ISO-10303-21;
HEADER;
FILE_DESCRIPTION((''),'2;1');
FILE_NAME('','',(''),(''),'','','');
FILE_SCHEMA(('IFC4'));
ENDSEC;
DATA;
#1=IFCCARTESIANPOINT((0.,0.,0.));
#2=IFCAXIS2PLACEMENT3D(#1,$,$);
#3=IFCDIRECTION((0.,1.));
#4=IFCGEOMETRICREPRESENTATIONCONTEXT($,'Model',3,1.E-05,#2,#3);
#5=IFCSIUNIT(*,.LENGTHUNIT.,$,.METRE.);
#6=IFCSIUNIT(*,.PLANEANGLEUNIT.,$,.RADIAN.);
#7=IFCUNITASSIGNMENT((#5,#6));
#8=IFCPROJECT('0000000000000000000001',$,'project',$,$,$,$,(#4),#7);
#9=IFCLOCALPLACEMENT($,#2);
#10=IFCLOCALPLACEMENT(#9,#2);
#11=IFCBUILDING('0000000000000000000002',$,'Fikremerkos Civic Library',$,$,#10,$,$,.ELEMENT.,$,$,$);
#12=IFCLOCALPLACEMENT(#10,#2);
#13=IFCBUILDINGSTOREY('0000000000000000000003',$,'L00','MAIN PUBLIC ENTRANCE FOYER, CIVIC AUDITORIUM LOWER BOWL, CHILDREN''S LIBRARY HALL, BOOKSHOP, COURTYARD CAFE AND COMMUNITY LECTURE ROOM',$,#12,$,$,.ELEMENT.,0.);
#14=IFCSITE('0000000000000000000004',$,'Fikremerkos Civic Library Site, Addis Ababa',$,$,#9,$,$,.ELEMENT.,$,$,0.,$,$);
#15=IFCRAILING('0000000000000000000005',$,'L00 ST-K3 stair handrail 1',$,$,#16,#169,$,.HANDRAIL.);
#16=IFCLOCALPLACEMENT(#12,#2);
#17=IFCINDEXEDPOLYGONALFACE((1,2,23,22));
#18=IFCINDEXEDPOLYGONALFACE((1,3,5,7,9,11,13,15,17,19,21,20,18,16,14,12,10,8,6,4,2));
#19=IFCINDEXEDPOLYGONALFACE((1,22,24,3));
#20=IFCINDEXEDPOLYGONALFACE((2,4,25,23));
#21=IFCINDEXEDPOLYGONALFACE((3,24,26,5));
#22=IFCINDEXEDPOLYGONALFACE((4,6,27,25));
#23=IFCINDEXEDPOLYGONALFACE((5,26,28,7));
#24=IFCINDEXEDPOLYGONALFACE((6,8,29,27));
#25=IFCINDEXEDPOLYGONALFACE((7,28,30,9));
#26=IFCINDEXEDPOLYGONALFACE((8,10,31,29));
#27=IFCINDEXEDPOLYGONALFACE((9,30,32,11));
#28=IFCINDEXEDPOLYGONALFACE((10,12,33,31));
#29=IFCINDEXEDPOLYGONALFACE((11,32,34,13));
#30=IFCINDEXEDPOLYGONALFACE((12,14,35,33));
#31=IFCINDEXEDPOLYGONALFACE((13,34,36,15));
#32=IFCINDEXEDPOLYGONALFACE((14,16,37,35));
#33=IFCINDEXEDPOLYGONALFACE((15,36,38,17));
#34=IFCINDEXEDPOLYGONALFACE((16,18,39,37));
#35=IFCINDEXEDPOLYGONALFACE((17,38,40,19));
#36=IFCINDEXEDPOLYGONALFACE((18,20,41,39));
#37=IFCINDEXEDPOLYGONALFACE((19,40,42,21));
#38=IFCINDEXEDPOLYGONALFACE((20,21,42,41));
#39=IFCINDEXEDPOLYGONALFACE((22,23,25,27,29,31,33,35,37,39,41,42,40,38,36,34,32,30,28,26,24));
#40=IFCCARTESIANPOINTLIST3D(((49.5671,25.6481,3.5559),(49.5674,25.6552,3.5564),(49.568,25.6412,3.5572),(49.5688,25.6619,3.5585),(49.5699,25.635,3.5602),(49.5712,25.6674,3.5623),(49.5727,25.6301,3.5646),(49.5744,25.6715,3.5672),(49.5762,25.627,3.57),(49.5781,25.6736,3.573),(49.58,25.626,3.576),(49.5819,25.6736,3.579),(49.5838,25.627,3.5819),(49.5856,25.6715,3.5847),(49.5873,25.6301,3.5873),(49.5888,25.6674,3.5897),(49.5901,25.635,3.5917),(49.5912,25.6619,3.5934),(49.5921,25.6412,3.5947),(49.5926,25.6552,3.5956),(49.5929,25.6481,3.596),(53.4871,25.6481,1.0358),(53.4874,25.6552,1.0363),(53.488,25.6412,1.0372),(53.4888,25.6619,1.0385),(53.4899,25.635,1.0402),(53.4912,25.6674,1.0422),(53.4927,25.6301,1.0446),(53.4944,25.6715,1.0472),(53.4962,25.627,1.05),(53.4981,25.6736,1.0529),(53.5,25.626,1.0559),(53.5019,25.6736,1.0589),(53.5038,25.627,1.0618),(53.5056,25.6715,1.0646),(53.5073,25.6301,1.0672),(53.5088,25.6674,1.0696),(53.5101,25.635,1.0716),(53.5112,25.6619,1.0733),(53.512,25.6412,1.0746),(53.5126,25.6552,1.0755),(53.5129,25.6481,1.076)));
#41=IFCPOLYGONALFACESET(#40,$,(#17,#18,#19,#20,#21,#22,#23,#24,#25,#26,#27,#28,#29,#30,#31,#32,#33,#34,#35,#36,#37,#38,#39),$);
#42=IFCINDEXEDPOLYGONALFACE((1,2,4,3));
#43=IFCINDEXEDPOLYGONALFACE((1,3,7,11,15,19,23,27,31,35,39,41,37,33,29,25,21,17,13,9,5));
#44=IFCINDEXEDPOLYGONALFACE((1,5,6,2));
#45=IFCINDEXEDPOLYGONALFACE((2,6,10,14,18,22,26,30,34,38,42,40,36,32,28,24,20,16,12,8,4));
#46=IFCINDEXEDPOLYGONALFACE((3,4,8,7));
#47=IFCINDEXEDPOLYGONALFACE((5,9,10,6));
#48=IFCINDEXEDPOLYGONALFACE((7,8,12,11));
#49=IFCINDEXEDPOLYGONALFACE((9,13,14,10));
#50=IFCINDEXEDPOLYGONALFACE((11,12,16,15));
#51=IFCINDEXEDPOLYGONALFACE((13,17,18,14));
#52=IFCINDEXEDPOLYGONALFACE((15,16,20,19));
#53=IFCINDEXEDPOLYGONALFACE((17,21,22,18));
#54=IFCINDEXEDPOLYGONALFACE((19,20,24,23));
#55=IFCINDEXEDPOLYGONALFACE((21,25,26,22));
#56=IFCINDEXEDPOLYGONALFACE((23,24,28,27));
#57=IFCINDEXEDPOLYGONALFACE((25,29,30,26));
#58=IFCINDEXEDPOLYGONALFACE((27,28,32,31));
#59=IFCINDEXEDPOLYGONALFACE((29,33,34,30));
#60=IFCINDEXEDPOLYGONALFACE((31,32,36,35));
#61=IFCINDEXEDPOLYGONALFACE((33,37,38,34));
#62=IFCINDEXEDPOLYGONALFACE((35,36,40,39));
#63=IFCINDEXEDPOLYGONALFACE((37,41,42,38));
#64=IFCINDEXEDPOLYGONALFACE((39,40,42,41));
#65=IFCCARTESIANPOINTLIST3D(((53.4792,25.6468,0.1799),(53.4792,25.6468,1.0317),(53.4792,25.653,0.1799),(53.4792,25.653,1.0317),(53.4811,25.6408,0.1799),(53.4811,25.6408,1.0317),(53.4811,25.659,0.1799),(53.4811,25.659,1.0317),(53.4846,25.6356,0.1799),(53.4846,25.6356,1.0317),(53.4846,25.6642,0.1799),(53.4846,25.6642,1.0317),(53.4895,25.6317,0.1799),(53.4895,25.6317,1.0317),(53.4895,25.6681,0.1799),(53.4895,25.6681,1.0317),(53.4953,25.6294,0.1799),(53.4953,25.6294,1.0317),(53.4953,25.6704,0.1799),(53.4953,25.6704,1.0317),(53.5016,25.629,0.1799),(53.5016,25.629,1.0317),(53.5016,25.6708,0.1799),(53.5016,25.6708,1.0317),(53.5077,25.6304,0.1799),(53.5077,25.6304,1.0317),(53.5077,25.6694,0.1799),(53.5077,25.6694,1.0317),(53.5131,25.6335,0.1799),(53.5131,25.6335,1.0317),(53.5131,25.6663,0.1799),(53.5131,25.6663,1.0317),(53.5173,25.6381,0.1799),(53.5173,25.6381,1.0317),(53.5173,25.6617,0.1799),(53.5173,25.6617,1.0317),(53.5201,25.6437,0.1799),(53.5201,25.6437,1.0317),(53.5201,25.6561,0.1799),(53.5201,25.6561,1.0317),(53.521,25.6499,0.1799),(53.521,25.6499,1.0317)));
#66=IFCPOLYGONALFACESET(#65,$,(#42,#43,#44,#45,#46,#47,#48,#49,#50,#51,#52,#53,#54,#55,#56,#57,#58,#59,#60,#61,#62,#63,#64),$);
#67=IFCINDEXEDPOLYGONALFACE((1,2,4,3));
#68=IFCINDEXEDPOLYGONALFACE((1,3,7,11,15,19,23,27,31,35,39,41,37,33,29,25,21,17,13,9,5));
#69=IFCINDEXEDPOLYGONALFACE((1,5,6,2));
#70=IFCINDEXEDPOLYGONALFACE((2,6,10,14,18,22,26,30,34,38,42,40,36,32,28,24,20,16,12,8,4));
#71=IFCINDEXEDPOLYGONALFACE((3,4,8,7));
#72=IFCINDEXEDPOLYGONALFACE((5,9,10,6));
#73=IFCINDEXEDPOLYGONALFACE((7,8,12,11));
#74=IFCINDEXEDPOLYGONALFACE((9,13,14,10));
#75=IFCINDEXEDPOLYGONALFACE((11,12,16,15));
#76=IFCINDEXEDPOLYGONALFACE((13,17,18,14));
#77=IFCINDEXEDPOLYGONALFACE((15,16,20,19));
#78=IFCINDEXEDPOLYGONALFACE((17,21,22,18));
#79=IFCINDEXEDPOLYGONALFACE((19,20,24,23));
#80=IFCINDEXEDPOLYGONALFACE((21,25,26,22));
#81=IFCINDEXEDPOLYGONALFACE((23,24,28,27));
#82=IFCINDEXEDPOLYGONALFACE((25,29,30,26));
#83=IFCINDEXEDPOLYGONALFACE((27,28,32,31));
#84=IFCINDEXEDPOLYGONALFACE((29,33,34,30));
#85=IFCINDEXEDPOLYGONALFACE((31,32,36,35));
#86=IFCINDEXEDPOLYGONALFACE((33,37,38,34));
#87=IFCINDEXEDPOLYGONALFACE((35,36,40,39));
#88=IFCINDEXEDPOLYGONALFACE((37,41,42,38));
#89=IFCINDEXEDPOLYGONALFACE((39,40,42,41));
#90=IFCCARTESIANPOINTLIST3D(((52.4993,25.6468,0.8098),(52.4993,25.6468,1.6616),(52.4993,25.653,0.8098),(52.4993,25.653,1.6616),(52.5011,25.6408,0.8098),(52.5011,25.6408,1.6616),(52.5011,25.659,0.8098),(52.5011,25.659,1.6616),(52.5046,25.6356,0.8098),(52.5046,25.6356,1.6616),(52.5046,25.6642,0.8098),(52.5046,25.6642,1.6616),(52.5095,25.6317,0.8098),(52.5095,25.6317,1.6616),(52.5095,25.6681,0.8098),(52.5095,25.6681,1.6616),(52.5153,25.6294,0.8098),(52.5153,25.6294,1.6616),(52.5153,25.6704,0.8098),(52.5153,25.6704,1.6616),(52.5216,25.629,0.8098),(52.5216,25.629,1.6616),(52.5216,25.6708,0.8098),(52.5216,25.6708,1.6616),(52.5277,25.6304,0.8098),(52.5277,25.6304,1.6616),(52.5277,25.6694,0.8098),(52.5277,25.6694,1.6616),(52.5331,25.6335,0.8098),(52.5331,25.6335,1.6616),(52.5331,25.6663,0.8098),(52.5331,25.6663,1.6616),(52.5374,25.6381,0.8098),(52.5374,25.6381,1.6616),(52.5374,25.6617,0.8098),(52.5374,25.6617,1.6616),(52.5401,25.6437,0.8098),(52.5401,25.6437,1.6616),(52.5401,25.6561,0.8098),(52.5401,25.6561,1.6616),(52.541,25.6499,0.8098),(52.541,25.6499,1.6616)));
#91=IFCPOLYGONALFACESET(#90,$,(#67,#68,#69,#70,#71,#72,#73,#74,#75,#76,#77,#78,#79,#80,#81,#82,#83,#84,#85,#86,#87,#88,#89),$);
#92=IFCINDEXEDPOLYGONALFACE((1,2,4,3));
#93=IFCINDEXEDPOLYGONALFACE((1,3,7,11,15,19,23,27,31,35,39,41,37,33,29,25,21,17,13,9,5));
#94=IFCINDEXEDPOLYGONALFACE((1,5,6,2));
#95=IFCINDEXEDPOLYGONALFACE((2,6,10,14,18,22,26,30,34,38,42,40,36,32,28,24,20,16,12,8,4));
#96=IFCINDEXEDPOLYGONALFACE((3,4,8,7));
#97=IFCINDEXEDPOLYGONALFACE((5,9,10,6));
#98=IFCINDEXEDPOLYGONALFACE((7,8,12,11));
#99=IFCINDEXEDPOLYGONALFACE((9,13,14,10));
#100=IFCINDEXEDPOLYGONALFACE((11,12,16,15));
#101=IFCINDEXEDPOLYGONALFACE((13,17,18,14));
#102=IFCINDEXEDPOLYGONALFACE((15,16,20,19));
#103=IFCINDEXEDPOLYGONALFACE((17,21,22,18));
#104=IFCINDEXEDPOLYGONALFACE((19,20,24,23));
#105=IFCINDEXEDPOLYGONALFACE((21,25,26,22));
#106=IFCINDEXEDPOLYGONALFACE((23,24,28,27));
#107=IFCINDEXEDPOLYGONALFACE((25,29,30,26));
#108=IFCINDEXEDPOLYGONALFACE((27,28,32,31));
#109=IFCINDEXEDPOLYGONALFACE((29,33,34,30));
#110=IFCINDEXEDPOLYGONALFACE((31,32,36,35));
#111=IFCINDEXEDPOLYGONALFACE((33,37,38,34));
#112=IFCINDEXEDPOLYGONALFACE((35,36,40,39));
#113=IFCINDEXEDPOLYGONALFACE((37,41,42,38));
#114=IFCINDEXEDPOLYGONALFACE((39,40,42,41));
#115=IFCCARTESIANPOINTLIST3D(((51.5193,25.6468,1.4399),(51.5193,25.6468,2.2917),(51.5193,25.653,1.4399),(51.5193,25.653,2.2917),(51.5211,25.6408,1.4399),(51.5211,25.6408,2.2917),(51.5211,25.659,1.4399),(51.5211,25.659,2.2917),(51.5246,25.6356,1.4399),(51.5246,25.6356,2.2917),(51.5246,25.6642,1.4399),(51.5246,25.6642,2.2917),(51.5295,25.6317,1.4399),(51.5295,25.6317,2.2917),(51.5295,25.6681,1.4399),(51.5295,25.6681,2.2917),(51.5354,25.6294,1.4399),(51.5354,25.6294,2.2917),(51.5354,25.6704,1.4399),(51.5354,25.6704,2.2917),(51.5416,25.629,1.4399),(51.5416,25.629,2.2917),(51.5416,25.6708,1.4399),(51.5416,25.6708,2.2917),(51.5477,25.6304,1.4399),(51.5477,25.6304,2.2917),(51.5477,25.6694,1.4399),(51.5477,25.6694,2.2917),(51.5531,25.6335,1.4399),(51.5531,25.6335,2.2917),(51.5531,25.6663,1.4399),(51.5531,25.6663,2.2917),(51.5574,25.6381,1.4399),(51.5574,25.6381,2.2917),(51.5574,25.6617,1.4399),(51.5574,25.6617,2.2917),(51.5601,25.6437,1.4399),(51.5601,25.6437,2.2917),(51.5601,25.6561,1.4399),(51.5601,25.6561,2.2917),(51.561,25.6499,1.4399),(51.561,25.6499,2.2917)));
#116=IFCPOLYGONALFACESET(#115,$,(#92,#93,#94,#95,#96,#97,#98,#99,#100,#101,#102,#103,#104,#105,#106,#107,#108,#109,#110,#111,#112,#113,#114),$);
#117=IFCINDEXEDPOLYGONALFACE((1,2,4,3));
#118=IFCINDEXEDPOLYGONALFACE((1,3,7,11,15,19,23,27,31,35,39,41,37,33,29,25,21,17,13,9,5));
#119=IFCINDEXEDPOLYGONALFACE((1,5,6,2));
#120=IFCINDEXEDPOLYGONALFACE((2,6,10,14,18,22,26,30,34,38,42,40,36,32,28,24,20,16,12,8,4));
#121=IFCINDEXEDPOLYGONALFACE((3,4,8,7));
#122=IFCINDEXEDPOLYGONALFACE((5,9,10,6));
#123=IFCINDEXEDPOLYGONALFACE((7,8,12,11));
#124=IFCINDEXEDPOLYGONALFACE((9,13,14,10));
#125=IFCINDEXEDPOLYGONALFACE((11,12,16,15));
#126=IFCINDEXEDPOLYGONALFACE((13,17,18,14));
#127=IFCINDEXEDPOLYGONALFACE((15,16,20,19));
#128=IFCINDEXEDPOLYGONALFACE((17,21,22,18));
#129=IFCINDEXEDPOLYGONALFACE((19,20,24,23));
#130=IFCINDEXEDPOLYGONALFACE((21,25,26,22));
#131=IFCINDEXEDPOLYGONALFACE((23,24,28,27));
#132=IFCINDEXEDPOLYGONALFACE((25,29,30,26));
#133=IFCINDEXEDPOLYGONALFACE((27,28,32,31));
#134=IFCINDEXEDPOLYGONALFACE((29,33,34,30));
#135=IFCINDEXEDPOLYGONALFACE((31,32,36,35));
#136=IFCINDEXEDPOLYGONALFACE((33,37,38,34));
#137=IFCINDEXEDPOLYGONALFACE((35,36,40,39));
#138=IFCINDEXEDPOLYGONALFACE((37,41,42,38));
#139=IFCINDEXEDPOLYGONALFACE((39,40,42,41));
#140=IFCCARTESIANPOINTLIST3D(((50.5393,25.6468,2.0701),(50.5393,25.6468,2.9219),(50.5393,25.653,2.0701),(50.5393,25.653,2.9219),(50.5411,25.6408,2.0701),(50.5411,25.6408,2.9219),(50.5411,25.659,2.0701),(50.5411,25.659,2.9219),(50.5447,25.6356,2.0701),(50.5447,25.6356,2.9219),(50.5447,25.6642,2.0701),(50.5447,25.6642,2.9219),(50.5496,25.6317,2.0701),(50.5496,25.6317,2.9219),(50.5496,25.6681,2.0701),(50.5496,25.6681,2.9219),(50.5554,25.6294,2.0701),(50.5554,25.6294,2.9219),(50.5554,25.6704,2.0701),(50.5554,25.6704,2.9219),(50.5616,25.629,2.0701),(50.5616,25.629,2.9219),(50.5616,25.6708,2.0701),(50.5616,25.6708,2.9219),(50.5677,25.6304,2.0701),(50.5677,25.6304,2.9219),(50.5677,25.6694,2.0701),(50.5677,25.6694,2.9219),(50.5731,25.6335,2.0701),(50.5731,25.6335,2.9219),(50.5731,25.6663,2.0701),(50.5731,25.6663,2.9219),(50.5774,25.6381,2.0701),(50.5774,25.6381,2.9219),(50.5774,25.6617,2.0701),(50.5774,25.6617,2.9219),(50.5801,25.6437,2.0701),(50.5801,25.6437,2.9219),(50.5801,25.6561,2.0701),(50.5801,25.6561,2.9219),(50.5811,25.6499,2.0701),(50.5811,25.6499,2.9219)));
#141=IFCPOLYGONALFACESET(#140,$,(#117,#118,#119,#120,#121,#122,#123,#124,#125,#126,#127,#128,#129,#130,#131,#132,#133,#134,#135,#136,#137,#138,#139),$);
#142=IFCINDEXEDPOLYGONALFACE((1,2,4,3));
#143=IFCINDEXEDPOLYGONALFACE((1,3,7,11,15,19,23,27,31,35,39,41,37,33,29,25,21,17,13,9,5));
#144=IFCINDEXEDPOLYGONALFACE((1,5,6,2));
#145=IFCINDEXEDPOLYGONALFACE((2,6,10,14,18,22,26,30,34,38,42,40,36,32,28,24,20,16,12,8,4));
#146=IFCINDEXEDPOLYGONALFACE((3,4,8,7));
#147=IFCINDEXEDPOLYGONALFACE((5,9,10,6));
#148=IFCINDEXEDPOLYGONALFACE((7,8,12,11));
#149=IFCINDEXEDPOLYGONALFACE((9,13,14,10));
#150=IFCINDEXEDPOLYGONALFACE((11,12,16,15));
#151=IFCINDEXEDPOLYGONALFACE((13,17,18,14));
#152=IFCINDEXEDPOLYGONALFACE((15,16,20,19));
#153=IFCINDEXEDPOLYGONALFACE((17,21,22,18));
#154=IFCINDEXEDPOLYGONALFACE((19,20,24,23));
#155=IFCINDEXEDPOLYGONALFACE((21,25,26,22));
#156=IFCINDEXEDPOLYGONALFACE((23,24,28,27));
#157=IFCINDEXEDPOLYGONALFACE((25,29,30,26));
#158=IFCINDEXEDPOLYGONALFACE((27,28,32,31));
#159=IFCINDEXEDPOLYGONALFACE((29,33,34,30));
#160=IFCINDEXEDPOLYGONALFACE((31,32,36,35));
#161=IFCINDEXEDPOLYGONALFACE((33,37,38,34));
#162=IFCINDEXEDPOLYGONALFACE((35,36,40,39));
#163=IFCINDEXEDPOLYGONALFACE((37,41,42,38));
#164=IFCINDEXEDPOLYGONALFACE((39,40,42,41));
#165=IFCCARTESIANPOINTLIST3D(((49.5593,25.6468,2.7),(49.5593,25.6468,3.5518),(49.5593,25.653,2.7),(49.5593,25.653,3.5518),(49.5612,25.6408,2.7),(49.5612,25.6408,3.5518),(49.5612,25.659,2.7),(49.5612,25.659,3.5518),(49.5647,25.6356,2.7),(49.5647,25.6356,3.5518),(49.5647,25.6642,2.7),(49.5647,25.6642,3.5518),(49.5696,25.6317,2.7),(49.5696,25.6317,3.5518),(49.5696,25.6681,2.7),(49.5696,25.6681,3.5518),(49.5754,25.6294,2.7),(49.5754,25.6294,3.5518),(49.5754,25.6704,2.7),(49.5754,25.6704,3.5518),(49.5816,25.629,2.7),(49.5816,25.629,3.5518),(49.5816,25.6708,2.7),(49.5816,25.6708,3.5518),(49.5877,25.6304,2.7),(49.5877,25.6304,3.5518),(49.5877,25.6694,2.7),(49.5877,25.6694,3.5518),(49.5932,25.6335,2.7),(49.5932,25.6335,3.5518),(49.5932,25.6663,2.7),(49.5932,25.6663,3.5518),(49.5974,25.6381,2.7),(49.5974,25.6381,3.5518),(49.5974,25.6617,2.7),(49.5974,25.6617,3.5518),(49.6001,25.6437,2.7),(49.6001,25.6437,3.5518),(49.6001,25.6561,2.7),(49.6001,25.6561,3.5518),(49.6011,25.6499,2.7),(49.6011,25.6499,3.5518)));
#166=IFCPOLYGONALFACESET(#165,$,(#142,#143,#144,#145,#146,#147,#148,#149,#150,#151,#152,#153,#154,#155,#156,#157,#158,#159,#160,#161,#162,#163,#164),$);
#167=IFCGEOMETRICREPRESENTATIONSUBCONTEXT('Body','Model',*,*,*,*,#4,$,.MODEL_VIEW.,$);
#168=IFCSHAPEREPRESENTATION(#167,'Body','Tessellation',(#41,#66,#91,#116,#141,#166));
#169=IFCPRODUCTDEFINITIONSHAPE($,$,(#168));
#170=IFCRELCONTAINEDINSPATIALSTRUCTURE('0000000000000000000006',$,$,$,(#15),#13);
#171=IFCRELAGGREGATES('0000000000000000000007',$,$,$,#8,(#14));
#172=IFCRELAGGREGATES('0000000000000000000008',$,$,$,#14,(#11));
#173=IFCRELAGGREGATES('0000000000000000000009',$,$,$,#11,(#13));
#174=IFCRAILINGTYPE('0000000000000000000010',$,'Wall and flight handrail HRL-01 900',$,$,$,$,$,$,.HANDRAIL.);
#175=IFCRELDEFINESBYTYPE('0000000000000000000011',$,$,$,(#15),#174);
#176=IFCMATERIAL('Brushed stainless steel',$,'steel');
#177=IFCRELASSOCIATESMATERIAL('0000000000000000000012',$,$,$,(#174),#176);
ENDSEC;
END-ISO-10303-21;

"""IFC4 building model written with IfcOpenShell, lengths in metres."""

from ifc_helpers import new_model, si_unit, direction, frame, origin, origin_2d, place, context, subcontext, project, spatial, circle, extrude, material, type_object, element, save


model = new_model("IFC4")

# Units and contexts
model_context = context("Model", 3, precision=1e-05, world=origin(), true_north=direction((0.0, 1.0)))
body_context = subcontext(model_context, "Body", "Model", "MODEL_VIEW")
ifc_project = project(units=[si_unit("LENGTHUNIT", "METRE"), si_unit("PLANEANGLEUNIT", "RADIAN")], contexts=[model_context])

# Site, building, storey
site_placement = place(None, origin())
site = spatial("IfcSite", under=ifc_project, at=site_placement, Name="Fikremerkos Civic Library Site, Addis Ababa", CompositionType="ELEMENT", RefElevation=0.0)
building_placement = place(site_placement, origin())
building = spatial("IfcBuilding", under=site, at=building_placement, Name="Fikremerkos Civic Library", CompositionType="ELEMENT")
storey_placement = place(building_placement, origin())
storey = spatial("IfcBuildingStorey", under=building, at=storey_placement, Name="L00", Description="MAIN PUBLIC ENTRANCE FOYER, CIVIC AUDITORIUM LOWER BOWL, CHILDREN'S LIBRARY HALL, BOOKSHOP, COURTYARD CAFE AND COMMUNITY LECTURE ROOM", CompositionType="ELEMENT", Elevation=0.0)

# Railing
ifc_material_1 = material(Name="Brushed stainless steel", Category="steel")
railing_type_1 = type_object("IfcRailingType", Name="Wall and flight handrail HRL-01 900", PredefinedType="HANDRAIL", material=ifc_material_1)
railing_1_placement = place(storey_placement, frame((53.5, 25.6499, 0.1799)))
element("IfcRailing", 1, at=railing_1_placement, inside=storey, type_object=railing_type_1, Name="L00 ST-K3 stair handrail 1", PredefinedType="HANDRAIL", context=body_context, shape_type="SweptSolid", body=[
    extrude(circle(Radius=0.0239, at=origin_2d()), frame((0.0, 0.0, 0.876), z_axis=(-0.841172, 0.0, 0.540768), x_axis=(0.0, -1.0, 0.0)), (0.0, 0.0, 1.0), 4.6602),
    extrude(circle(Radius=0.021, at=origin_2d()), origin(), (0.0, 0.0, 1.0), 0.8518),
    extrude(circle(Radius=0.021, at=origin_2d()), frame((-0.98, 0.0, 0.6299)), (0.0, 0.0, 1.0), 0.8518),
    extrude(circle(Radius=0.021, at=origin_2d()), frame((-1.96, 0.0, 1.26)), (0.0, 0.0, 1.0), 0.8518),
    extrude(circle(Radius=0.021, at=origin_2d()), frame((-2.9399, 0.0, 1.8901)), (0.0, 0.0, 1.0), 0.8518),
    extrude(circle(Radius=0.021, at=origin_2d()), frame((-3.9199, 0.0, 2.52)), (0.0, 0.0, 1.0), 0.8518),
])

save(model, "model.ifc")
